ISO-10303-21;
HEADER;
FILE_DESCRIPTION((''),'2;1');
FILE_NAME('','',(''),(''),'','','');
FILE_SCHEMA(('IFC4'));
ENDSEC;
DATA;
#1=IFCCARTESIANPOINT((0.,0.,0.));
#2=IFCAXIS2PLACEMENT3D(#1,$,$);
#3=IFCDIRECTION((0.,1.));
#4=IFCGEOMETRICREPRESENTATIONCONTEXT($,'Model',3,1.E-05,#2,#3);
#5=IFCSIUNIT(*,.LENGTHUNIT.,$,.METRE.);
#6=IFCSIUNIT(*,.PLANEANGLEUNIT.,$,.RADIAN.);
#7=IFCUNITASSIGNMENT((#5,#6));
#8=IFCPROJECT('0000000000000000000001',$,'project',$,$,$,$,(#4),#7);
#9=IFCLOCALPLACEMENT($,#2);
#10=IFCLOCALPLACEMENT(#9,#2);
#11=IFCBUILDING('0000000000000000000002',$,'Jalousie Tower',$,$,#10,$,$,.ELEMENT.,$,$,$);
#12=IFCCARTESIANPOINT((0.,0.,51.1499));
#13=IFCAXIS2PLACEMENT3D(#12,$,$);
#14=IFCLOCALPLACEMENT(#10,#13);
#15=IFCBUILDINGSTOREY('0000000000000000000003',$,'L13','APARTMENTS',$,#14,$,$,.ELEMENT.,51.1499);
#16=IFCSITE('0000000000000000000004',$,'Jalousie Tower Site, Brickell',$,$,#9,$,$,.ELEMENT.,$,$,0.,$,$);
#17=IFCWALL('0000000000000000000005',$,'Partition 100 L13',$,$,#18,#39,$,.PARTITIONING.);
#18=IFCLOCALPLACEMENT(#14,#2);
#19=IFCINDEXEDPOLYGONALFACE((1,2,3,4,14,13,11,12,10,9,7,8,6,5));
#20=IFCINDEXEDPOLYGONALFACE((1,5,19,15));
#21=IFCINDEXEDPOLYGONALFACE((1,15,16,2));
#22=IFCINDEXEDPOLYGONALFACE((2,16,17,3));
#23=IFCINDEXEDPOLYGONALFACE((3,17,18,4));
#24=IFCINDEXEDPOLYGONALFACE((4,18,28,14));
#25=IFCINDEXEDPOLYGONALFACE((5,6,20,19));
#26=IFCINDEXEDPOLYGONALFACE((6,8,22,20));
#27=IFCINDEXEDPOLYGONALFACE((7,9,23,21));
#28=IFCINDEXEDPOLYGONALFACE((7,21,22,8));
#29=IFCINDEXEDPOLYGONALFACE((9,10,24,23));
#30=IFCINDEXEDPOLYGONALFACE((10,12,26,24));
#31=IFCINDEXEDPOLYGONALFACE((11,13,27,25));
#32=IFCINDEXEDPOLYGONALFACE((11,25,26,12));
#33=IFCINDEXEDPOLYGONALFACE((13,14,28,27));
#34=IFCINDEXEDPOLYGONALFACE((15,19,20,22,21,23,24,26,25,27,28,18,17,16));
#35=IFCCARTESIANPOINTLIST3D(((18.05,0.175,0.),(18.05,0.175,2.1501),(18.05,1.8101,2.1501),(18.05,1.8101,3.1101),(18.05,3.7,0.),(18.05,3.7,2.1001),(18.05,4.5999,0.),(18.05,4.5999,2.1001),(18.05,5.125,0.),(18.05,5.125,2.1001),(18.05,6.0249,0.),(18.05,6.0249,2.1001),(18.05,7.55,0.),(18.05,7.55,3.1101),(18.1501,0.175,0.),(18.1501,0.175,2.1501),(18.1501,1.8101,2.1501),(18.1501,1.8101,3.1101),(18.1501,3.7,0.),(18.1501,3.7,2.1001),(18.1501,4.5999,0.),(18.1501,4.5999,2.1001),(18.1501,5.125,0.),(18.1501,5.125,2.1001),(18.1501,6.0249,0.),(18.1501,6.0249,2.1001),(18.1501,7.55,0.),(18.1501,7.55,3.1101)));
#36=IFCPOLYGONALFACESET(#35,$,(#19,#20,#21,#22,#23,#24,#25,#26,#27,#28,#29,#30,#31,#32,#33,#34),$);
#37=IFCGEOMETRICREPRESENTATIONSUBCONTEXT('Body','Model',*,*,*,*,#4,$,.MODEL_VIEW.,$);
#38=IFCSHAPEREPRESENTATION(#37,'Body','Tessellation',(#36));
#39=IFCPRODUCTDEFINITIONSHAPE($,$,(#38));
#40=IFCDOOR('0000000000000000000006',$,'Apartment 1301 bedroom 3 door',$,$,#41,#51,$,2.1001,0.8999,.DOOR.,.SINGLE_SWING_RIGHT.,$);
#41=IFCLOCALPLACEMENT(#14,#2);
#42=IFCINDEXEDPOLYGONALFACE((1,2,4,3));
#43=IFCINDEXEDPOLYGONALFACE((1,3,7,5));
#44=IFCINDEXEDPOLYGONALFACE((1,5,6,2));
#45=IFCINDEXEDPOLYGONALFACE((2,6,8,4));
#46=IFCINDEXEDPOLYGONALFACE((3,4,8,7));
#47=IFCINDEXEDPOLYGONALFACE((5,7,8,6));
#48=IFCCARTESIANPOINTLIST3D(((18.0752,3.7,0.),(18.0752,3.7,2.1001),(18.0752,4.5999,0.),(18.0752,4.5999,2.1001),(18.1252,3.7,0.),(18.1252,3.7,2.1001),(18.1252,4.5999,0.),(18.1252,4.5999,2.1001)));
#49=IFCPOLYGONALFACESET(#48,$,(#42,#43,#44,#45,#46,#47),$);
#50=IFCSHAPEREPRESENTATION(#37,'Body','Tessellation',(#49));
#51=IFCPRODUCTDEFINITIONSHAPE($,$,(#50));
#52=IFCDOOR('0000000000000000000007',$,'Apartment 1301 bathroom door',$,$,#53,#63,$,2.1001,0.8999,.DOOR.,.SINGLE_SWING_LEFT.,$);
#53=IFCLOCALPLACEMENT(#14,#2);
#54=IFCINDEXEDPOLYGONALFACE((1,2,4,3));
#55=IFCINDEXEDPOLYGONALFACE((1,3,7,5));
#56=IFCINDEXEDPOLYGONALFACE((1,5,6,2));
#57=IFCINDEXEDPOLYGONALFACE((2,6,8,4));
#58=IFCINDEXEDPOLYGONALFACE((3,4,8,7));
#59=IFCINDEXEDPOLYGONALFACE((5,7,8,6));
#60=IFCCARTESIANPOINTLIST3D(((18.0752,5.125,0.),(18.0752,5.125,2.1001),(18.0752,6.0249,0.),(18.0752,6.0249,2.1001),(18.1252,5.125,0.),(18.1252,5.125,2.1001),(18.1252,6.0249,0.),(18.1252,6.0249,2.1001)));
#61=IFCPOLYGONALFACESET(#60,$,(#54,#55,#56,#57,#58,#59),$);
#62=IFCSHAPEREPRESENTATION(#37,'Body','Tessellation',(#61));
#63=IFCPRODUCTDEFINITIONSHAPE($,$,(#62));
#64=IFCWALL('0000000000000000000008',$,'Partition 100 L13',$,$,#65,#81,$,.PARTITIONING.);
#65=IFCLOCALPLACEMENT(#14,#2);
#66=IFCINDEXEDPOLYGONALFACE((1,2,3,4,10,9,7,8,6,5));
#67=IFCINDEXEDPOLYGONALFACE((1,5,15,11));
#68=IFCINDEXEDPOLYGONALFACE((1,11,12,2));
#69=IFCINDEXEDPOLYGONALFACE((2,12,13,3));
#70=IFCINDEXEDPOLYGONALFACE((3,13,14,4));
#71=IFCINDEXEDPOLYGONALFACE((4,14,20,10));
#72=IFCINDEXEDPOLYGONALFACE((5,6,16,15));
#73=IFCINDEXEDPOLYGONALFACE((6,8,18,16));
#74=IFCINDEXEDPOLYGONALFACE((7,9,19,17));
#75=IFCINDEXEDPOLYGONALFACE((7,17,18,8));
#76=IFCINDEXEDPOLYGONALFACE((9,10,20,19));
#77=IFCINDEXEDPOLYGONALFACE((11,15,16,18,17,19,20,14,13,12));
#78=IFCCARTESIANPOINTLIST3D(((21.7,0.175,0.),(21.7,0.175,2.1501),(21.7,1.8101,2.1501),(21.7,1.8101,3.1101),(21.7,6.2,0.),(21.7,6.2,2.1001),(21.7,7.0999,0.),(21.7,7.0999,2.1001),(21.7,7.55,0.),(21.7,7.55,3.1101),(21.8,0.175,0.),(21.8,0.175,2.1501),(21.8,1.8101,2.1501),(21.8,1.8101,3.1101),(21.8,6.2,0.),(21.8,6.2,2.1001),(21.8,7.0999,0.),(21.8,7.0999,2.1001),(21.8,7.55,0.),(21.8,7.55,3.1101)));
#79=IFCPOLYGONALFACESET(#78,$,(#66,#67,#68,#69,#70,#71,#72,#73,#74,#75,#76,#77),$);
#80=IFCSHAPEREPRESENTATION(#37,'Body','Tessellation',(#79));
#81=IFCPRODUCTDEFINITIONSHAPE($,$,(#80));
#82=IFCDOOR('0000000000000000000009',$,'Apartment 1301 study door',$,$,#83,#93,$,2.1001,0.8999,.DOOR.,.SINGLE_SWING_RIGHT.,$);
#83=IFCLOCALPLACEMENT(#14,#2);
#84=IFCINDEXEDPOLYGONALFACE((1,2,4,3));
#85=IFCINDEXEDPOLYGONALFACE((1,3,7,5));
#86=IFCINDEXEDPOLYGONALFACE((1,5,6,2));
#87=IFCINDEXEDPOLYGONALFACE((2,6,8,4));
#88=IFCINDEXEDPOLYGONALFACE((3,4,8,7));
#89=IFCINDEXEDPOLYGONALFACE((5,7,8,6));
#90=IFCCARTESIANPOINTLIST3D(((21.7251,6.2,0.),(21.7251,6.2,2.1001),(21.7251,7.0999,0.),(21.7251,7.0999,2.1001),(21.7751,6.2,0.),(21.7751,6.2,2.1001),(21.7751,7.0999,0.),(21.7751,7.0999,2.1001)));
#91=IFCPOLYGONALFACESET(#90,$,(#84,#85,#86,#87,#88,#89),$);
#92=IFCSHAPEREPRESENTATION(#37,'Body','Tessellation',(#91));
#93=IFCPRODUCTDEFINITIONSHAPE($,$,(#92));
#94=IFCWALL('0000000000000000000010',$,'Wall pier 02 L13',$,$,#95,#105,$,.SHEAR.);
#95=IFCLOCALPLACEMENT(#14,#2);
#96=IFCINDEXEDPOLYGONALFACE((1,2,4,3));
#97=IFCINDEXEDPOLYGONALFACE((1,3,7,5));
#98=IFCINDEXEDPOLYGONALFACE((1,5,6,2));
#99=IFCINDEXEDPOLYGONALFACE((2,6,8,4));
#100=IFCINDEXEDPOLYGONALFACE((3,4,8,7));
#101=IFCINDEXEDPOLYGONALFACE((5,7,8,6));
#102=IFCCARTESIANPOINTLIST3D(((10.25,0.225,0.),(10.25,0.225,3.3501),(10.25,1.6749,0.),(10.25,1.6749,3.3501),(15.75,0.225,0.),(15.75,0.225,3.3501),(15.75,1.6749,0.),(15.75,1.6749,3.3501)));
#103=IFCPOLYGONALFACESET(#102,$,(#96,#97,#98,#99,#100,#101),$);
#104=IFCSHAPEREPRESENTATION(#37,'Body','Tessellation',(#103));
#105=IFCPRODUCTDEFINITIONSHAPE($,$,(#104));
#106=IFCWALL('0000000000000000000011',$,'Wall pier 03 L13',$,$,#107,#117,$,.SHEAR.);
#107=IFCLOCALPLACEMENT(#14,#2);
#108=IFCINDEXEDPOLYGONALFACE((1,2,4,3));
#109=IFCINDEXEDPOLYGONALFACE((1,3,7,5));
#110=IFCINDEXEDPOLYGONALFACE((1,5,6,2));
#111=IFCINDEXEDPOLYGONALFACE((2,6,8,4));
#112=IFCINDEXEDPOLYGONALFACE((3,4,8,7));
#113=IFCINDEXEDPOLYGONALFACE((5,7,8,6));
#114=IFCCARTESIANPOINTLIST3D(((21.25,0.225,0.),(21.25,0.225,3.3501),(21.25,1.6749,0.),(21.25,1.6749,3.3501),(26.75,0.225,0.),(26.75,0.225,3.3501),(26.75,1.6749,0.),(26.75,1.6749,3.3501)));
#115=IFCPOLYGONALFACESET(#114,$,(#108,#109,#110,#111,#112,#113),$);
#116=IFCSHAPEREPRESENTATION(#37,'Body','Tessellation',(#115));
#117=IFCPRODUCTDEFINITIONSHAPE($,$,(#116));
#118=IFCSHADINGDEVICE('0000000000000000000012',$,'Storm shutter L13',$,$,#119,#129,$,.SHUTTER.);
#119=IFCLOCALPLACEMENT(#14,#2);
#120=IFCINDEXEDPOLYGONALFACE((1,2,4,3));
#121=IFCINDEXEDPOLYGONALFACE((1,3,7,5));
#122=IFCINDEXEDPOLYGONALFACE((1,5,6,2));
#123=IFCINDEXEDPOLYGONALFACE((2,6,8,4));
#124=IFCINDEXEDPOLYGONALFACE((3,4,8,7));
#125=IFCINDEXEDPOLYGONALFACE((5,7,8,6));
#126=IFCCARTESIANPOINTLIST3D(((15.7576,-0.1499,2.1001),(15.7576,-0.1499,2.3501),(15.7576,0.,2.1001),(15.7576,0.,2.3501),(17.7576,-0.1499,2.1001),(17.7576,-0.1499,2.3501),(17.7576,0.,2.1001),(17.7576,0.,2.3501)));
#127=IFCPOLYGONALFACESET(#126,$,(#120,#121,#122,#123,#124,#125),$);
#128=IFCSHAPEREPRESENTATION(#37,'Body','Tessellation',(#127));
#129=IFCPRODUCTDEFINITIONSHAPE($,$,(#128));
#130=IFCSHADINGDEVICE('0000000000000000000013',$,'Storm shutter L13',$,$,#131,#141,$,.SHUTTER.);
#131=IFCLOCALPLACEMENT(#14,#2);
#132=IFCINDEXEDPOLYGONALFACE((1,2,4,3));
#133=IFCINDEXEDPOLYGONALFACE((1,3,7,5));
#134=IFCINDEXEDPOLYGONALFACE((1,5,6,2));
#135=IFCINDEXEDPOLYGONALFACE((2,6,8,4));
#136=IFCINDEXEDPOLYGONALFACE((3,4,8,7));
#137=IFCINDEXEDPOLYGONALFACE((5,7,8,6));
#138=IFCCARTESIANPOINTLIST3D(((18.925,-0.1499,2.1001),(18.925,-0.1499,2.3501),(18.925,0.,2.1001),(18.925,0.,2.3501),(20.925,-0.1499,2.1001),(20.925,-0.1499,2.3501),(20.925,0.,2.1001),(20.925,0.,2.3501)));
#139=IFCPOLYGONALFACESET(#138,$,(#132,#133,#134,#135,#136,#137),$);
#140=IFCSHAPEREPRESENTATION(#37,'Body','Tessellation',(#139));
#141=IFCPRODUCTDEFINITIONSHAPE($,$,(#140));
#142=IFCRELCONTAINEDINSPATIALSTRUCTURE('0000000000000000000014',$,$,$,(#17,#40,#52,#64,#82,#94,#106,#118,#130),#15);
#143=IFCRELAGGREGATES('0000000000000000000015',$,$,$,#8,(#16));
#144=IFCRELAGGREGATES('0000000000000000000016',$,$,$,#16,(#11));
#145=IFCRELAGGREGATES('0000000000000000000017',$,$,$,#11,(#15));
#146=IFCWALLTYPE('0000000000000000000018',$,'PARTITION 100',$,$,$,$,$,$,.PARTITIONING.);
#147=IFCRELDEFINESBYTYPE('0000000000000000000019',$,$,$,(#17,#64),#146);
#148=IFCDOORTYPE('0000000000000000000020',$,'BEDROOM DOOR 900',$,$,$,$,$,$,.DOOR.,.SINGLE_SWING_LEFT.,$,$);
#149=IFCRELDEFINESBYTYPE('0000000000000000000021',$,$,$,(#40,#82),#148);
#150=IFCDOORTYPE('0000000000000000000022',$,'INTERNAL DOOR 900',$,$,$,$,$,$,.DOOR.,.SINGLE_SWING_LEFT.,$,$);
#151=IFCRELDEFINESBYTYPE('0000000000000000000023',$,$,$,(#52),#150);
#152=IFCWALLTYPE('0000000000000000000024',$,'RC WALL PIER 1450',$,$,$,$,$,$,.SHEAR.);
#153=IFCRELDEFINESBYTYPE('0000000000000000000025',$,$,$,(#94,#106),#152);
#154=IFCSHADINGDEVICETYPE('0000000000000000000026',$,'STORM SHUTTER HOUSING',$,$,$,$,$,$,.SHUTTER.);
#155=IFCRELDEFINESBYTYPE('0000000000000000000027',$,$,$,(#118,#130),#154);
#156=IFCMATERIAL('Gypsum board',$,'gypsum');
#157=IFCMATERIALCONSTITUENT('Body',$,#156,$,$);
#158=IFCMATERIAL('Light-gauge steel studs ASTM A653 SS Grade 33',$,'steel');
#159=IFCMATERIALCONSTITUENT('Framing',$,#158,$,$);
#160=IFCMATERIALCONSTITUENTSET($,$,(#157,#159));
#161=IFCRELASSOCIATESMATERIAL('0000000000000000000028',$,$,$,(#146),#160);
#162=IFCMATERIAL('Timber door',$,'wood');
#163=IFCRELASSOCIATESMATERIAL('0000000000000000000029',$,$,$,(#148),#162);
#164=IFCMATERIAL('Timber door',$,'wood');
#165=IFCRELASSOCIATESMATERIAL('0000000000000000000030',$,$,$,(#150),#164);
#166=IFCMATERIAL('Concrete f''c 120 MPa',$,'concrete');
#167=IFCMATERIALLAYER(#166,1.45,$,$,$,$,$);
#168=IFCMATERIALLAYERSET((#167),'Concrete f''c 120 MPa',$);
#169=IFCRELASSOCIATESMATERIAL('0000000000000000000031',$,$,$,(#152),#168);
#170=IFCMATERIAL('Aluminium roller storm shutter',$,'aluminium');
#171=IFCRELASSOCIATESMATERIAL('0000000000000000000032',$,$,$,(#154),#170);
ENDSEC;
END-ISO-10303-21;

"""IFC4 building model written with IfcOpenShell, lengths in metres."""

from ifc_helpers import new_model, si_unit, direction, frame, frame_2d, origin, origin_2d, place, context, subcontext, project, spatial, polyline, rectangle, outline, extrude, material, layer, layer_set, constituent, constituent_set, type_object, element, fill, save


model = new_model("IFC4")

# Units and contexts
model_context = context("Model", 3, precision=1e-05, world=origin(), true_north=direction((0.0, 1.0)))
body_context = subcontext(model_context, "Body", "Model", "MODEL_VIEW")
ifc_project = project(units=[si_unit("LENGTHUNIT", "METRE"), si_unit("PLANEANGLEUNIT", "RADIAN")], contexts=[model_context])

# Site, building, storey
site_placement = place(None, origin())
site = spatial("IfcSite", under=ifc_project, at=site_placement, Name="Jalousie Tower Site, Brickell", CompositionType="ELEMENT", RefElevation=0.0)
building_placement = place(site_placement, origin())
building = spatial("IfcBuilding", under=site, at=building_placement, Name="Jalousie Tower", CompositionType="ELEMENT")
storey_placement = place(building_placement, frame((0.0, 0.0, 51.1499)))
storey = spatial("IfcBuildingStorey", under=building, at=storey_placement, Name="L13", Description="APARTMENTS", CompositionType="ELEMENT", Elevation=51.1499)

# Shared definitions
ifc_material_1 = material(Name="Gypsum board", Category="gypsum")
ifc_constituent_1 = constituent(ifc_material_1, Name="Body")
ifc_material_2 = material(Name="Light-gauge steel studs ASTM A653 SS Grade 33", Category="steel")
ifc_constituent_2 = constituent(ifc_material_2, Name="Framing")
ifc_constituent_set = constituent_set(constituents=[ifc_constituent_1, ifc_constituent_2])
wall_type_1 = type_object("IfcWallType", Name="PARTITION 100", PredefinedType="PARTITIONING", material=ifc_constituent_set)
ifc_material_3 = material(Name="Timber door", Category="wood")
door_type_1 = type_object("IfcDoorType", Name="BEDROOM DOOR 900", OperationType="SINGLE_SWING_LEFT", PredefinedType="DOOR", material=ifc_material_3)

# Wall, openings, doors
wall_1_placement = place(storey_placement, frame((18.1001, 0.175, 0.0), z_axis=(0.0, 0.0, 1.0), x_axis=(0.0, 1.0, 0.0)))
wall_1 = element("IfcWall", 1, at=wall_1_placement, inside=storey, type_object=wall_type_1, Name="Partition 100 L13", PredefinedType="PARTITIONING", context=body_context, shape_type="SweptSolid", body=[
    extrude(outline(polyline([(0.0, 0.0), (7.375, 0.0), (7.375, 3.1101), (1.635, 3.1101), (1.635, 2.1501), (0.0, 2.1501), (0.0, 3.1101), (0.0, 0.0)])), frame((0.0, 0.05, 0.0), z_axis=(0.0, -1.0, 0.0), x_axis=(1.0, 0.0, 0.0)), (0.0, 0.0, 1.0), 0.1001),
])
opening_1_placement = place(wall_1_placement, frame((3.5249, 0.0, 0.0)))
opening_1 = element("IfcOpeningElement", 2, at=opening_1_placement, cuts=wall_1, PredefinedType="OPENING", context=body_context, shape_type="SweptSolid", body=[
    extrude(rectangle(XDim=0.8999, YDim=2.1001, at=frame_2d((0.45, 1.05))), frame((0.0, 0.0601, 0.0), z_axis=(0.0, -1.0, 0.0), x_axis=(1.0, 0.0, 0.0)), (0.0, 0.0, 1.0), 0.1201),
])
opening_2_placement = place(wall_1_placement, frame((4.95, 0.0, 0.0)))
opening_2 = element("IfcOpeningElement", 3, at=opening_2_placement, cuts=wall_1, PredefinedType="OPENING", context=body_context, shape_type="SweptSolid", body=[
    extrude(rectangle(XDim=0.8999, YDim=2.1001, at=frame_2d((0.45, 1.05))), frame((0.0, 0.0601, 0.0), z_axis=(0.0, -1.0, 0.0), x_axis=(1.0, 0.0, 0.0)), (0.0, 0.0, 1.0), 0.1201),
])
door_1_placement = place(opening_1_placement, origin())
door_1 = element("IfcDoor", 4, at=door_1_placement, inside=storey, type_object=door_type_1, Name="Apartment 1301 bedroom 3 door", OperationType="SINGLE_SWING_RIGHT", OverallHeight=2.1001, OverallWidth=0.8999, PredefinedType="DOOR", context=body_context, shape_type="SweptSolid", body=[
    extrude(rectangle(XDim=0.8999, YDim=2.1001, at=frame_2d((0.45, 1.05))), frame((0.0, 0.0249, 0.0), z_axis=(0.0, -1.0, 0.0), x_axis=(1.0, 0.0, 0.0)), (0.0, 0.0, 1.0), 0.05),
])
fill(opening_1, door_1)
ifc_material_4 = material(Name="Timber door", Category="wood")
door_type_2 = type_object("IfcDoorType", Name="INTERNAL DOOR 900", OperationType="SINGLE_SWING_LEFT", PredefinedType="DOOR", material=ifc_material_4)
door_2_placement = place(opening_2_placement, origin())
door_2 = element("IfcDoor", 5, at=door_2_placement, inside=storey, type_object=door_type_2, Name="Apartment 1301 bathroom door", OperationType="SINGLE_SWING_LEFT", OverallHeight=2.1001, OverallWidth=0.8999, PredefinedType="DOOR", context=body_context, shape_type="SweptSolid", body=[
    extrude(rectangle(XDim=0.8999, YDim=2.1001, at=frame_2d((0.45, 1.05))), frame((0.0, 0.0249, 0.0), z_axis=(0.0, -1.0, 0.0), x_axis=(1.0, 0.0, 0.0)), (0.0, 0.0, 1.0), 0.05),
])
fill(opening_2, door_2)

# Wall, opening, door
wall_2_placement = place(storey_placement, frame((21.75, 0.175, 0.0), z_axis=(0.0, 0.0, 1.0), x_axis=(0.0, 1.0, 0.0)))
wall_2 = element("IfcWall", 6, at=wall_2_placement, inside=storey, type_object=wall_type_1, Name="Partition 100 L13", PredefinedType="PARTITIONING", context=body_context, shape_type="SweptSolid", body=[
    extrude(outline(polyline([(0.0, 0.0), (7.375, 0.0), (7.375, 3.1101), (1.635, 3.1101), (1.635, 2.1501), (0.0, 2.1501), (0.0, 3.1101), (0.0, 0.0)])), frame((0.0, 0.05, 0.0), z_axis=(0.0, -1.0, 0.0), x_axis=(1.0, 0.0, 0.0)), (0.0, 0.0, 1.0), 0.1001),
])
opening_3_placement = place(wall_2_placement, frame((6.0249, 0.0, 0.0)))
opening_3 = element("IfcOpeningElement", 7, at=opening_3_placement, cuts=wall_2, PredefinedType="OPENING", context=body_context, shape_type="SweptSolid", body=[
    extrude(rectangle(XDim=0.8999, YDim=2.1001, at=frame_2d((0.45, 1.05))), frame((0.0, 0.0601, 0.0), z_axis=(0.0, -1.0, 0.0), x_axis=(1.0, 0.0, 0.0)), (0.0, 0.0, 1.0), 0.1201),
])
door_3_placement = place(opening_3_placement, origin())
door_3 = element("IfcDoor", 8, at=door_3_placement, inside=storey, type_object=door_type_1, Name="Apartment 1301 study door", OperationType="SINGLE_SWING_RIGHT", OverallHeight=2.1001, OverallWidth=0.8999, PredefinedType="DOOR", context=body_context, shape_type="SweptSolid", body=[
    extrude(rectangle(XDim=0.8999, YDim=2.1001, at=frame_2d((0.45, 1.05))), frame((0.0, 0.0249, 0.0), z_axis=(0.0, -1.0, 0.0), x_axis=(1.0, 0.0, 0.0)), (0.0, 0.0, 1.0), 0.05),
])
fill(opening_3, door_3)

# Walls
ifc_material_5 = material(Name="Concrete f'c 120 MPa", Category="concrete")
ifc_layer_1 = layer(ifc_material_5, 1.45)
ifc_layer_set_1 = layer_set([ifc_layer_1], Name="Concrete f'c 120 MPa")
wall_type_2 = type_object("IfcWallType", Name="RC WALL PIER 1450", PredefinedType="SHEAR", material=ifc_layer_set_1)
for number, where, z_axis, x_axis, name in (
    (9, (10.25, 0.95, 0.0), (0.0, 0.0, 1.0), (1.0, 0.0, 0.0), "Wall pier 02 L13"),
    (10, (21.25, 0.95, 0.0), (0.0, 0.0, 1.0), (1.0, 0.0, 0.0), "Wall pier 03 L13"),
):
    element("IfcWall", number, at=place(storey_placement, frame(where, z_axis=z_axis, x_axis=x_axis)), inside=storey, type_object=wall_type_2, Name=name, PredefinedType="SHEAR", context=body_context, shape_type="SweptSolid", body=[
        extrude(rectangle(XDim=5.5, YDim=1.45, at=frame_2d((2.75, 0.0))), origin(), (0.0, 0.0, 1.0), 3.3501),
    ])

# Shading devices
ifc_material_6 = material(Name="Aluminium roller storm shutter", Category="aluminium")
shading_device_type = type_object("IfcShadingDeviceType", Name="STORM SHUTTER HOUSING", PredefinedType="SHUTTER", material=ifc_material_6)
for number, where, z_axis, x_axis, name in (
    (11, (16.7576, -0.075, 2.1001), (0.0, 0.0, 1.0), (1.0, 0.0, 0.0), "Storm shutter L13"),
    (12, (19.925, -0.075, 2.1001), (0.0, 0.0, 1.0), (1.0, 0.0, 0.0), "Storm shutter L13"),
):
    element("IfcShadingDevice", number, at=place(storey_placement, frame(where, z_axis=z_axis, x_axis=x_axis)), inside=storey, type_object=shading_device_type, Name=name, PredefinedType="SHUTTER", context=body_context, shape_type="SweptSolid", body=[
        extrude(rectangle(XDim=2.0, YDim=0.1499, at=origin_2d()), origin(), (0.0, 0.0, 1.0), 0.25),
    ])

save(model, "model.ifc")
